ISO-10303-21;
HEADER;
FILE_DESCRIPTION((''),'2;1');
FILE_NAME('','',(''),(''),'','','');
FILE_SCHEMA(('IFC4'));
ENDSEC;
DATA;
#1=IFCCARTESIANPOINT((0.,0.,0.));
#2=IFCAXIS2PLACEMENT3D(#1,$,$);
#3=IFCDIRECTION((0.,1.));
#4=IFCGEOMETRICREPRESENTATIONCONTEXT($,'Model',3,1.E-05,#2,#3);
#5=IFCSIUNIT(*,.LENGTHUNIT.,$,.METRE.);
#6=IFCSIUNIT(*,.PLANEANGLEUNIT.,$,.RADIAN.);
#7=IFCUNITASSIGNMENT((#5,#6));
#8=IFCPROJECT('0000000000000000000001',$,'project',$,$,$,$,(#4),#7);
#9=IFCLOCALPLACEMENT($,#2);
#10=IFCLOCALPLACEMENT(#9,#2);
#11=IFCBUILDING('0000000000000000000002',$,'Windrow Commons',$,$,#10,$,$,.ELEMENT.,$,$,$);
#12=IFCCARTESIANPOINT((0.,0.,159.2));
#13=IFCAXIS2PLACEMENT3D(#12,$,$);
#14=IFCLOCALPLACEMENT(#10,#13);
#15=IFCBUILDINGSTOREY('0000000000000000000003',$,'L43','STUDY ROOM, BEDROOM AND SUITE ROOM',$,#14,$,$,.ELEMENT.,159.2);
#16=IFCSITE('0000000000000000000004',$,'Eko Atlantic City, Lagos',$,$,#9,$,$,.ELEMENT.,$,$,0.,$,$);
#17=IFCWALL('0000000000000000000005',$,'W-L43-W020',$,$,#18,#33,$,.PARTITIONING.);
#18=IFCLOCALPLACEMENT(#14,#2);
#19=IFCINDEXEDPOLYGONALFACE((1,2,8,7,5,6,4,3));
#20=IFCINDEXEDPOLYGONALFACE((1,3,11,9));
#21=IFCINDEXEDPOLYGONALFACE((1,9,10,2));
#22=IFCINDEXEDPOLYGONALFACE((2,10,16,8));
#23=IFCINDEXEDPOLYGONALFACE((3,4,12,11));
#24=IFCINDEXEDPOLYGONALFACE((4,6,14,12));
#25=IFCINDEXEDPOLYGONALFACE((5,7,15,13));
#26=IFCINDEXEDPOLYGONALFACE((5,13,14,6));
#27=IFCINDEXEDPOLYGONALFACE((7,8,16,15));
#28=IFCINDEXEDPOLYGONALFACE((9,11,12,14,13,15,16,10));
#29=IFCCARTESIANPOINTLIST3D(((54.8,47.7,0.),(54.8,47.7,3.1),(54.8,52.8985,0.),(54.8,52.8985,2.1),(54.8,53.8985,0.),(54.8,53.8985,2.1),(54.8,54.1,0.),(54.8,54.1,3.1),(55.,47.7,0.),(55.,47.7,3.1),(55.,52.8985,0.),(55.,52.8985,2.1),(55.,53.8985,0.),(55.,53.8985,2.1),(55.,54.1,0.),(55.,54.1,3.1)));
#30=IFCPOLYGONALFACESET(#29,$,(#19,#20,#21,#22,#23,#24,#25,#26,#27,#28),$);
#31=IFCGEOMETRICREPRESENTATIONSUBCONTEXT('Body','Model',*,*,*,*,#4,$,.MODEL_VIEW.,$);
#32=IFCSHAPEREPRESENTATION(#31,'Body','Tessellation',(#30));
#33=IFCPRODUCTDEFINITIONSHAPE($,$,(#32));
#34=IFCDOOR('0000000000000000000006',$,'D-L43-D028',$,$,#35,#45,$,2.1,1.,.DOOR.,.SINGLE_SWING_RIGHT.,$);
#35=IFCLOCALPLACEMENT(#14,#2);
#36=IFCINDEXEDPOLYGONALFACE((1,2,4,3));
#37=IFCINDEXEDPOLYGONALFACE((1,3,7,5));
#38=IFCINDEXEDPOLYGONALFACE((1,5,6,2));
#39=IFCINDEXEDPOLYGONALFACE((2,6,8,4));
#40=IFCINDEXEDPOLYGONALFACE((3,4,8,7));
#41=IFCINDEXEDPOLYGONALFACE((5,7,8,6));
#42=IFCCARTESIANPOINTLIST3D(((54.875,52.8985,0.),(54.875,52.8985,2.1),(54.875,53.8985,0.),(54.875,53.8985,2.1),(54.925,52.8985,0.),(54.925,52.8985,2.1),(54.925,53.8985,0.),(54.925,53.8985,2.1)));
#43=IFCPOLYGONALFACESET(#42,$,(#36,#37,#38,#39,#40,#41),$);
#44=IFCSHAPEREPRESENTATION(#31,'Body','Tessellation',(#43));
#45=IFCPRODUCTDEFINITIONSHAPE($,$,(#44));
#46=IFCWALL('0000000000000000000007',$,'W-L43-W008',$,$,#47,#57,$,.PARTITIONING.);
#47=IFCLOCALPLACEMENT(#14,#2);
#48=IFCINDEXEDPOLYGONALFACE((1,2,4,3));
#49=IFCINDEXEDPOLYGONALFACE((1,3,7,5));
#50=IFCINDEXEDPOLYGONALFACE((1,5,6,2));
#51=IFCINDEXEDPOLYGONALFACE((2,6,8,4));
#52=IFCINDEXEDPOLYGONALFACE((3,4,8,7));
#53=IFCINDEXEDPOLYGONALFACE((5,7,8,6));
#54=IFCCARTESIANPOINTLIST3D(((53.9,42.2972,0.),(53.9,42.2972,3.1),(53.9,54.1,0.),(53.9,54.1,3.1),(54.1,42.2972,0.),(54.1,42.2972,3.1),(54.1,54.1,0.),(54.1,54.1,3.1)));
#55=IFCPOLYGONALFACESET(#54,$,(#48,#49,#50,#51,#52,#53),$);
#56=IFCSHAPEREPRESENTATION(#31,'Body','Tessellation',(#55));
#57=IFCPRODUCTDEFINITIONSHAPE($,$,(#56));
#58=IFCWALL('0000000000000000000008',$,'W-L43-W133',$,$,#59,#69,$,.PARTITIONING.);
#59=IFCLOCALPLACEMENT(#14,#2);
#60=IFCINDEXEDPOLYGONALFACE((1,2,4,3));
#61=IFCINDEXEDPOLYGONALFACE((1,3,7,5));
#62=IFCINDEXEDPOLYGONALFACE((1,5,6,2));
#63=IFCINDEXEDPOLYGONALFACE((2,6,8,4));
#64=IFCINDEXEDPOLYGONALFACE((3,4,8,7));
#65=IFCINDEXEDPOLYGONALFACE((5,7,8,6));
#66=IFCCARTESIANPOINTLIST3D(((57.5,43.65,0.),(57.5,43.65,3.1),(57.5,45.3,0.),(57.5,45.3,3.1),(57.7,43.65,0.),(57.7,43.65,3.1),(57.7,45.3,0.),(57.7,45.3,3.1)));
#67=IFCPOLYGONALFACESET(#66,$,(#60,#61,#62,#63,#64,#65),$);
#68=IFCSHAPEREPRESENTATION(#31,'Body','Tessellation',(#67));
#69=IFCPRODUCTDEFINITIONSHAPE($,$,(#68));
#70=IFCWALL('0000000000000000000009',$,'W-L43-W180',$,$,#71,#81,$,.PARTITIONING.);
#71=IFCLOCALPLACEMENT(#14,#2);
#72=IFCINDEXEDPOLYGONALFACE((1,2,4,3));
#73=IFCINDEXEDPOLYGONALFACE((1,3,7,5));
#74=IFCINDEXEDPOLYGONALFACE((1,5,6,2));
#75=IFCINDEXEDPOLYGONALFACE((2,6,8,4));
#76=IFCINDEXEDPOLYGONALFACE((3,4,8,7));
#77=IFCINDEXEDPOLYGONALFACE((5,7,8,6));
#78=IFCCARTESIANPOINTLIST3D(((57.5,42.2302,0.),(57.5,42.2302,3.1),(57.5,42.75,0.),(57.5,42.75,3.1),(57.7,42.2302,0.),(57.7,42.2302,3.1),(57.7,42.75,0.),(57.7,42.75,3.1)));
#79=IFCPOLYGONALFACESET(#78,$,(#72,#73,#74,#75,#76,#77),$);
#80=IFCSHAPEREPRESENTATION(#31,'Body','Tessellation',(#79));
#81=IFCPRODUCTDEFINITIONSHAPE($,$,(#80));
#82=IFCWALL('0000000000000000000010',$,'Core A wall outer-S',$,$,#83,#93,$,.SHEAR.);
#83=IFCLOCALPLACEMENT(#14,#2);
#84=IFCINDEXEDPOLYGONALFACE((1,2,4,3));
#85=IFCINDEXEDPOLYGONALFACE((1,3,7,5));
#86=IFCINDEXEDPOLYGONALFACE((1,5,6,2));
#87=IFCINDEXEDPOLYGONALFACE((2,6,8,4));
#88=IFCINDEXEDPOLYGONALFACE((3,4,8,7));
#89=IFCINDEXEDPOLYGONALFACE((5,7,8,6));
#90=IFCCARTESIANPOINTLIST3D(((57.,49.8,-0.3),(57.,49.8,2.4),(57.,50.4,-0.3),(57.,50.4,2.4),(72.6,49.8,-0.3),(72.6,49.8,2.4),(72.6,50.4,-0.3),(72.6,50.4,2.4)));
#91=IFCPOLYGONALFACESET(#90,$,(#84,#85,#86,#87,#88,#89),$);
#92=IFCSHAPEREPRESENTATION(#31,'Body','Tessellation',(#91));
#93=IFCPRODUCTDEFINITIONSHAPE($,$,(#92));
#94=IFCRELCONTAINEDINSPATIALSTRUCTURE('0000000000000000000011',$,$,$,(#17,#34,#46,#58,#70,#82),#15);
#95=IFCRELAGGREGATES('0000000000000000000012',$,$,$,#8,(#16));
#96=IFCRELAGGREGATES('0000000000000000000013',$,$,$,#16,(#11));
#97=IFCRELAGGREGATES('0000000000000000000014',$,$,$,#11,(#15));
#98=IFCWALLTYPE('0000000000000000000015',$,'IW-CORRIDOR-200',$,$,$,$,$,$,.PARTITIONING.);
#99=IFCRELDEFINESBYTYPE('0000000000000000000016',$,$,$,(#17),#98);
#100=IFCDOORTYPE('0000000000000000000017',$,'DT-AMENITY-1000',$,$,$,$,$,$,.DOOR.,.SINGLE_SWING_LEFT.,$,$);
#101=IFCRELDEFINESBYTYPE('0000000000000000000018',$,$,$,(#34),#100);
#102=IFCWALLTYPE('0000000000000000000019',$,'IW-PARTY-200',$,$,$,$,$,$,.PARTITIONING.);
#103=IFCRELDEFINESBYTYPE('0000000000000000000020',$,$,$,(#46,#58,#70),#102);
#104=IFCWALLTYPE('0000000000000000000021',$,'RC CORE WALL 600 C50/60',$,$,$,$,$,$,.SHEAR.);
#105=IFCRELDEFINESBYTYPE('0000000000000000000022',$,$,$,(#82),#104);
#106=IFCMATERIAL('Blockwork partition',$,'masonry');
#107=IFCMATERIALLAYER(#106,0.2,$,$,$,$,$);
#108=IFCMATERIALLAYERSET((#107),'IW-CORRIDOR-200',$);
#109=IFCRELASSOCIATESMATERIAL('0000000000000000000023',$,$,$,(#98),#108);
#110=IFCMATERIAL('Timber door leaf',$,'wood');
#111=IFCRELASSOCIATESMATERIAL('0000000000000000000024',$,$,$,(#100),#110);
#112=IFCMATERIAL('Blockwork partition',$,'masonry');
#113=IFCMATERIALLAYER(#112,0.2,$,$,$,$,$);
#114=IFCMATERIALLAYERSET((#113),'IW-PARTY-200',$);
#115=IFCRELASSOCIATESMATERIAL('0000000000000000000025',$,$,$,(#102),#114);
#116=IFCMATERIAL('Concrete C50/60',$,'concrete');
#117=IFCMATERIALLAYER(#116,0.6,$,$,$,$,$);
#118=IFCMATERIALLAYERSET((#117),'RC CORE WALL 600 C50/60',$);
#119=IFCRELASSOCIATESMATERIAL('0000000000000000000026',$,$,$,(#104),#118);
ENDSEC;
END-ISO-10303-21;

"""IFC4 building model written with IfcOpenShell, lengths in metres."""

from ifc_helpers import new_model, si_unit, direction, frame, frame_2d, origin, place, context, subcontext, project, spatial, rectangle, extrude, material, layer, layer_set, type_object, element, fill, save


model = new_model("IFC4")

# Units and contexts
model_context = context("Model", 3, precision=1e-05, world=origin(), true_north=direction((0.0, 1.0)))
body_context = subcontext(model_context, "Body", "Model", "MODEL_VIEW")
ifc_project = project(units=[si_unit("LENGTHUNIT", "METRE"), si_unit("PLANEANGLEUNIT", "RADIAN")], contexts=[model_context])

# Site, building, storey
site_placement = place(None, origin())
site = spatial("IfcSite", under=ifc_project, at=site_placement, Name="Eko Atlantic City, Lagos", CompositionType="ELEMENT", RefElevation=0.0)
building_placement = place(site_placement, origin())
building = spatial("IfcBuilding", under=site, at=building_placement, Name="Windrow Commons", CompositionType="ELEMENT")
storey_placement = place(building_placement, frame((0.0, 0.0, 159.2)))
storey = spatial("IfcBuildingStorey", under=building, at=storey_placement, Name="L43", Description="STUDY ROOM, BEDROOM AND SUITE ROOM", CompositionType="ELEMENT", Elevation=159.2)

# Shared definitions
ifc_material_1 = material(Name="Blockwork partition", Category="masonry")
ifc_layer_1 = layer(ifc_material_1, 0.2)
ifc_layer_set_1 = layer_set([ifc_layer_1], Name="IW-CORRIDOR-200")
wall_type_1 = type_object("IfcWallType", Name="IW-CORRIDOR-200", PredefinedType="PARTITIONING", material=ifc_layer_set_1)

# Wall, opening, door
wall_1_placement = place(storey_placement, frame((54.9, 47.7, 0.0), z_axis=(0.0, 0.0, 1.0), x_axis=(0.0, 1.0, 0.0)))
wall_1 = element("IfcWall", 1, at=wall_1_placement, inside=storey, type_object=wall_type_1, Name="W-L43-W020", PredefinedType="PARTITIONING", context=body_context, shape_type="SweptSolid", body=[
    extrude(rectangle(XDim=6.4, YDim=0.2, at=frame_2d((3.2, 0.0))), origin(), (0.0, 0.0, 1.0), 3.1),
])
opening_1_placement = place(wall_1_placement, frame((5.1985, 0.0, 0.0)))
opening_1 = element("IfcOpeningElement", 2, at=opening_1_placement, cuts=wall_1, PredefinedType="OPENING", context=body_context, shape_type="SweptSolid", body=[
    extrude(rectangle(XDim=1.0, YDim=2.1, at=frame_2d((0.5, 1.05))), frame((0.0, 0.11, 0.0), z_axis=(0.0, -1.0, 0.0), x_axis=(1.0, 0.0, 0.0)), (0.0, 0.0, 1.0), 0.22),
])
ifc_material_2 = material(Name="Timber door leaf", Category="wood")
door_type_1 = type_object("IfcDoorType", Name="DT-AMENITY-1000", OperationType="SINGLE_SWING_LEFT", PredefinedType="DOOR", material=ifc_material_2)
door_1_placement = place(opening_1_placement, origin())
door_1 = element("IfcDoor", 3, at=door_1_placement, inside=storey, type_object=door_type_1, Name="D-L43-D028", OperationType="SINGLE_SWING_RIGHT", OverallHeight=2.1, OverallWidth=1.0, PredefinedType="DOOR", context=body_context, shape_type="SweptSolid", body=[
    extrude(rectangle(XDim=1.0, YDim=2.1, at=frame_2d((0.5, 1.05))), frame((0.0, 0.025, 0.0), z_axis=(0.0, -1.0, 0.0), x_axis=(1.0, 0.0, 0.0)), (0.0, 0.0, 1.0), 0.05),
])
fill(opening_1, door_1)

# Walls
ifc_material_3 = material(Name="Blockwork partition", Category="masonry")
ifc_layer_2 = layer(ifc_material_3, 0.2)
ifc_layer_set_2 = layer_set([ifc_layer_2], Name="IW-PARTY-200")
wall_type_2 = type_object("IfcWallType", Name="IW-PARTY-200", PredefinedType="PARTITIONING", material=ifc_layer_set_2)
wall_2_placement = place(storey_placement, frame((54.0, 42.2973, 0.0), z_axis=(0.0, 0.0, 1.0), x_axis=(0.0, 1.0, 0.0)))
element("IfcWall", 4, at=wall_2_placement, inside=storey, type_object=wall_type_2, Name="W-L43-W008", PredefinedType="PARTITIONING", context=body_context, shape_type="SweptSolid", body=[
    extrude(rectangle(XDim=11.8027, YDim=0.2, at=frame_2d((5.9013, 0.0))), origin(), (0.0, 0.0, 1.0), 3.1),
])
wall_3_placement = place(storey_placement, frame((57.6, 43.65, 0.0), z_axis=(0.0, 0.0, 1.0), x_axis=(0.0, 1.0, 0.0)))
element("IfcWall", 5, at=wall_3_placement, inside=storey, type_object=wall_type_2, Name="W-L43-W133", PredefinedType="PARTITIONING", context=body_context, shape_type="SweptSolid", body=[
    extrude(rectangle(XDim=1.65, YDim=0.2, at=frame_2d((0.825, 0.0))), origin(), (0.0, 0.0, 1.0), 3.1),
])
wall_4_placement = place(storey_placement, frame((57.6, 42.2301, 0.0), z_axis=(0.0, 0.0, 1.0), x_axis=(0.0, 1.0, 0.0)))
element("IfcWall", 6, at=wall_4_placement, inside=storey, type_object=wall_type_2, Name="W-L43-W180", PredefinedType="PARTITIONING", context=body_context, shape_type="SweptSolid", body=[
    extrude(rectangle(XDim=0.5199, YDim=0.2, at=frame_2d((0.26, 0.0))), origin(), (0.0, 0.0, 1.0), 3.1),
])
ifc_material_4 = material(Name="Concrete C50/60", Category="concrete")
ifc_layer_3 = layer(ifc_material_4, 0.6)
ifc_layer_set_3 = layer_set([ifc_layer_3], Name="RC CORE WALL 600 C50/60")
wall_type_3 = type_object("IfcWallType", Name="RC CORE WALL 600 C50/60", PredefinedType="SHEAR", material=ifc_layer_set_3)
wall_5_placement = place(storey_placement, frame((57.0, 50.1, -0.3), z_axis=(0.0, 0.0, 1.0), x_axis=(1.0, 0.0, 0.0)))
element("IfcWall", 7, at=wall_5_placement, inside=storey, type_object=wall_type_3, Name="Core A wall outer-S", PredefinedType="SHEAR", context=body_context, shape_type="SweptSolid", body=[
    extrude(rectangle(XDim=15.6, YDim=0.6, at=frame_2d((7.8, 0.0))), origin(), (0.0, 0.0, 1.0), 2.7),
])

save(model, "model.ifc")
